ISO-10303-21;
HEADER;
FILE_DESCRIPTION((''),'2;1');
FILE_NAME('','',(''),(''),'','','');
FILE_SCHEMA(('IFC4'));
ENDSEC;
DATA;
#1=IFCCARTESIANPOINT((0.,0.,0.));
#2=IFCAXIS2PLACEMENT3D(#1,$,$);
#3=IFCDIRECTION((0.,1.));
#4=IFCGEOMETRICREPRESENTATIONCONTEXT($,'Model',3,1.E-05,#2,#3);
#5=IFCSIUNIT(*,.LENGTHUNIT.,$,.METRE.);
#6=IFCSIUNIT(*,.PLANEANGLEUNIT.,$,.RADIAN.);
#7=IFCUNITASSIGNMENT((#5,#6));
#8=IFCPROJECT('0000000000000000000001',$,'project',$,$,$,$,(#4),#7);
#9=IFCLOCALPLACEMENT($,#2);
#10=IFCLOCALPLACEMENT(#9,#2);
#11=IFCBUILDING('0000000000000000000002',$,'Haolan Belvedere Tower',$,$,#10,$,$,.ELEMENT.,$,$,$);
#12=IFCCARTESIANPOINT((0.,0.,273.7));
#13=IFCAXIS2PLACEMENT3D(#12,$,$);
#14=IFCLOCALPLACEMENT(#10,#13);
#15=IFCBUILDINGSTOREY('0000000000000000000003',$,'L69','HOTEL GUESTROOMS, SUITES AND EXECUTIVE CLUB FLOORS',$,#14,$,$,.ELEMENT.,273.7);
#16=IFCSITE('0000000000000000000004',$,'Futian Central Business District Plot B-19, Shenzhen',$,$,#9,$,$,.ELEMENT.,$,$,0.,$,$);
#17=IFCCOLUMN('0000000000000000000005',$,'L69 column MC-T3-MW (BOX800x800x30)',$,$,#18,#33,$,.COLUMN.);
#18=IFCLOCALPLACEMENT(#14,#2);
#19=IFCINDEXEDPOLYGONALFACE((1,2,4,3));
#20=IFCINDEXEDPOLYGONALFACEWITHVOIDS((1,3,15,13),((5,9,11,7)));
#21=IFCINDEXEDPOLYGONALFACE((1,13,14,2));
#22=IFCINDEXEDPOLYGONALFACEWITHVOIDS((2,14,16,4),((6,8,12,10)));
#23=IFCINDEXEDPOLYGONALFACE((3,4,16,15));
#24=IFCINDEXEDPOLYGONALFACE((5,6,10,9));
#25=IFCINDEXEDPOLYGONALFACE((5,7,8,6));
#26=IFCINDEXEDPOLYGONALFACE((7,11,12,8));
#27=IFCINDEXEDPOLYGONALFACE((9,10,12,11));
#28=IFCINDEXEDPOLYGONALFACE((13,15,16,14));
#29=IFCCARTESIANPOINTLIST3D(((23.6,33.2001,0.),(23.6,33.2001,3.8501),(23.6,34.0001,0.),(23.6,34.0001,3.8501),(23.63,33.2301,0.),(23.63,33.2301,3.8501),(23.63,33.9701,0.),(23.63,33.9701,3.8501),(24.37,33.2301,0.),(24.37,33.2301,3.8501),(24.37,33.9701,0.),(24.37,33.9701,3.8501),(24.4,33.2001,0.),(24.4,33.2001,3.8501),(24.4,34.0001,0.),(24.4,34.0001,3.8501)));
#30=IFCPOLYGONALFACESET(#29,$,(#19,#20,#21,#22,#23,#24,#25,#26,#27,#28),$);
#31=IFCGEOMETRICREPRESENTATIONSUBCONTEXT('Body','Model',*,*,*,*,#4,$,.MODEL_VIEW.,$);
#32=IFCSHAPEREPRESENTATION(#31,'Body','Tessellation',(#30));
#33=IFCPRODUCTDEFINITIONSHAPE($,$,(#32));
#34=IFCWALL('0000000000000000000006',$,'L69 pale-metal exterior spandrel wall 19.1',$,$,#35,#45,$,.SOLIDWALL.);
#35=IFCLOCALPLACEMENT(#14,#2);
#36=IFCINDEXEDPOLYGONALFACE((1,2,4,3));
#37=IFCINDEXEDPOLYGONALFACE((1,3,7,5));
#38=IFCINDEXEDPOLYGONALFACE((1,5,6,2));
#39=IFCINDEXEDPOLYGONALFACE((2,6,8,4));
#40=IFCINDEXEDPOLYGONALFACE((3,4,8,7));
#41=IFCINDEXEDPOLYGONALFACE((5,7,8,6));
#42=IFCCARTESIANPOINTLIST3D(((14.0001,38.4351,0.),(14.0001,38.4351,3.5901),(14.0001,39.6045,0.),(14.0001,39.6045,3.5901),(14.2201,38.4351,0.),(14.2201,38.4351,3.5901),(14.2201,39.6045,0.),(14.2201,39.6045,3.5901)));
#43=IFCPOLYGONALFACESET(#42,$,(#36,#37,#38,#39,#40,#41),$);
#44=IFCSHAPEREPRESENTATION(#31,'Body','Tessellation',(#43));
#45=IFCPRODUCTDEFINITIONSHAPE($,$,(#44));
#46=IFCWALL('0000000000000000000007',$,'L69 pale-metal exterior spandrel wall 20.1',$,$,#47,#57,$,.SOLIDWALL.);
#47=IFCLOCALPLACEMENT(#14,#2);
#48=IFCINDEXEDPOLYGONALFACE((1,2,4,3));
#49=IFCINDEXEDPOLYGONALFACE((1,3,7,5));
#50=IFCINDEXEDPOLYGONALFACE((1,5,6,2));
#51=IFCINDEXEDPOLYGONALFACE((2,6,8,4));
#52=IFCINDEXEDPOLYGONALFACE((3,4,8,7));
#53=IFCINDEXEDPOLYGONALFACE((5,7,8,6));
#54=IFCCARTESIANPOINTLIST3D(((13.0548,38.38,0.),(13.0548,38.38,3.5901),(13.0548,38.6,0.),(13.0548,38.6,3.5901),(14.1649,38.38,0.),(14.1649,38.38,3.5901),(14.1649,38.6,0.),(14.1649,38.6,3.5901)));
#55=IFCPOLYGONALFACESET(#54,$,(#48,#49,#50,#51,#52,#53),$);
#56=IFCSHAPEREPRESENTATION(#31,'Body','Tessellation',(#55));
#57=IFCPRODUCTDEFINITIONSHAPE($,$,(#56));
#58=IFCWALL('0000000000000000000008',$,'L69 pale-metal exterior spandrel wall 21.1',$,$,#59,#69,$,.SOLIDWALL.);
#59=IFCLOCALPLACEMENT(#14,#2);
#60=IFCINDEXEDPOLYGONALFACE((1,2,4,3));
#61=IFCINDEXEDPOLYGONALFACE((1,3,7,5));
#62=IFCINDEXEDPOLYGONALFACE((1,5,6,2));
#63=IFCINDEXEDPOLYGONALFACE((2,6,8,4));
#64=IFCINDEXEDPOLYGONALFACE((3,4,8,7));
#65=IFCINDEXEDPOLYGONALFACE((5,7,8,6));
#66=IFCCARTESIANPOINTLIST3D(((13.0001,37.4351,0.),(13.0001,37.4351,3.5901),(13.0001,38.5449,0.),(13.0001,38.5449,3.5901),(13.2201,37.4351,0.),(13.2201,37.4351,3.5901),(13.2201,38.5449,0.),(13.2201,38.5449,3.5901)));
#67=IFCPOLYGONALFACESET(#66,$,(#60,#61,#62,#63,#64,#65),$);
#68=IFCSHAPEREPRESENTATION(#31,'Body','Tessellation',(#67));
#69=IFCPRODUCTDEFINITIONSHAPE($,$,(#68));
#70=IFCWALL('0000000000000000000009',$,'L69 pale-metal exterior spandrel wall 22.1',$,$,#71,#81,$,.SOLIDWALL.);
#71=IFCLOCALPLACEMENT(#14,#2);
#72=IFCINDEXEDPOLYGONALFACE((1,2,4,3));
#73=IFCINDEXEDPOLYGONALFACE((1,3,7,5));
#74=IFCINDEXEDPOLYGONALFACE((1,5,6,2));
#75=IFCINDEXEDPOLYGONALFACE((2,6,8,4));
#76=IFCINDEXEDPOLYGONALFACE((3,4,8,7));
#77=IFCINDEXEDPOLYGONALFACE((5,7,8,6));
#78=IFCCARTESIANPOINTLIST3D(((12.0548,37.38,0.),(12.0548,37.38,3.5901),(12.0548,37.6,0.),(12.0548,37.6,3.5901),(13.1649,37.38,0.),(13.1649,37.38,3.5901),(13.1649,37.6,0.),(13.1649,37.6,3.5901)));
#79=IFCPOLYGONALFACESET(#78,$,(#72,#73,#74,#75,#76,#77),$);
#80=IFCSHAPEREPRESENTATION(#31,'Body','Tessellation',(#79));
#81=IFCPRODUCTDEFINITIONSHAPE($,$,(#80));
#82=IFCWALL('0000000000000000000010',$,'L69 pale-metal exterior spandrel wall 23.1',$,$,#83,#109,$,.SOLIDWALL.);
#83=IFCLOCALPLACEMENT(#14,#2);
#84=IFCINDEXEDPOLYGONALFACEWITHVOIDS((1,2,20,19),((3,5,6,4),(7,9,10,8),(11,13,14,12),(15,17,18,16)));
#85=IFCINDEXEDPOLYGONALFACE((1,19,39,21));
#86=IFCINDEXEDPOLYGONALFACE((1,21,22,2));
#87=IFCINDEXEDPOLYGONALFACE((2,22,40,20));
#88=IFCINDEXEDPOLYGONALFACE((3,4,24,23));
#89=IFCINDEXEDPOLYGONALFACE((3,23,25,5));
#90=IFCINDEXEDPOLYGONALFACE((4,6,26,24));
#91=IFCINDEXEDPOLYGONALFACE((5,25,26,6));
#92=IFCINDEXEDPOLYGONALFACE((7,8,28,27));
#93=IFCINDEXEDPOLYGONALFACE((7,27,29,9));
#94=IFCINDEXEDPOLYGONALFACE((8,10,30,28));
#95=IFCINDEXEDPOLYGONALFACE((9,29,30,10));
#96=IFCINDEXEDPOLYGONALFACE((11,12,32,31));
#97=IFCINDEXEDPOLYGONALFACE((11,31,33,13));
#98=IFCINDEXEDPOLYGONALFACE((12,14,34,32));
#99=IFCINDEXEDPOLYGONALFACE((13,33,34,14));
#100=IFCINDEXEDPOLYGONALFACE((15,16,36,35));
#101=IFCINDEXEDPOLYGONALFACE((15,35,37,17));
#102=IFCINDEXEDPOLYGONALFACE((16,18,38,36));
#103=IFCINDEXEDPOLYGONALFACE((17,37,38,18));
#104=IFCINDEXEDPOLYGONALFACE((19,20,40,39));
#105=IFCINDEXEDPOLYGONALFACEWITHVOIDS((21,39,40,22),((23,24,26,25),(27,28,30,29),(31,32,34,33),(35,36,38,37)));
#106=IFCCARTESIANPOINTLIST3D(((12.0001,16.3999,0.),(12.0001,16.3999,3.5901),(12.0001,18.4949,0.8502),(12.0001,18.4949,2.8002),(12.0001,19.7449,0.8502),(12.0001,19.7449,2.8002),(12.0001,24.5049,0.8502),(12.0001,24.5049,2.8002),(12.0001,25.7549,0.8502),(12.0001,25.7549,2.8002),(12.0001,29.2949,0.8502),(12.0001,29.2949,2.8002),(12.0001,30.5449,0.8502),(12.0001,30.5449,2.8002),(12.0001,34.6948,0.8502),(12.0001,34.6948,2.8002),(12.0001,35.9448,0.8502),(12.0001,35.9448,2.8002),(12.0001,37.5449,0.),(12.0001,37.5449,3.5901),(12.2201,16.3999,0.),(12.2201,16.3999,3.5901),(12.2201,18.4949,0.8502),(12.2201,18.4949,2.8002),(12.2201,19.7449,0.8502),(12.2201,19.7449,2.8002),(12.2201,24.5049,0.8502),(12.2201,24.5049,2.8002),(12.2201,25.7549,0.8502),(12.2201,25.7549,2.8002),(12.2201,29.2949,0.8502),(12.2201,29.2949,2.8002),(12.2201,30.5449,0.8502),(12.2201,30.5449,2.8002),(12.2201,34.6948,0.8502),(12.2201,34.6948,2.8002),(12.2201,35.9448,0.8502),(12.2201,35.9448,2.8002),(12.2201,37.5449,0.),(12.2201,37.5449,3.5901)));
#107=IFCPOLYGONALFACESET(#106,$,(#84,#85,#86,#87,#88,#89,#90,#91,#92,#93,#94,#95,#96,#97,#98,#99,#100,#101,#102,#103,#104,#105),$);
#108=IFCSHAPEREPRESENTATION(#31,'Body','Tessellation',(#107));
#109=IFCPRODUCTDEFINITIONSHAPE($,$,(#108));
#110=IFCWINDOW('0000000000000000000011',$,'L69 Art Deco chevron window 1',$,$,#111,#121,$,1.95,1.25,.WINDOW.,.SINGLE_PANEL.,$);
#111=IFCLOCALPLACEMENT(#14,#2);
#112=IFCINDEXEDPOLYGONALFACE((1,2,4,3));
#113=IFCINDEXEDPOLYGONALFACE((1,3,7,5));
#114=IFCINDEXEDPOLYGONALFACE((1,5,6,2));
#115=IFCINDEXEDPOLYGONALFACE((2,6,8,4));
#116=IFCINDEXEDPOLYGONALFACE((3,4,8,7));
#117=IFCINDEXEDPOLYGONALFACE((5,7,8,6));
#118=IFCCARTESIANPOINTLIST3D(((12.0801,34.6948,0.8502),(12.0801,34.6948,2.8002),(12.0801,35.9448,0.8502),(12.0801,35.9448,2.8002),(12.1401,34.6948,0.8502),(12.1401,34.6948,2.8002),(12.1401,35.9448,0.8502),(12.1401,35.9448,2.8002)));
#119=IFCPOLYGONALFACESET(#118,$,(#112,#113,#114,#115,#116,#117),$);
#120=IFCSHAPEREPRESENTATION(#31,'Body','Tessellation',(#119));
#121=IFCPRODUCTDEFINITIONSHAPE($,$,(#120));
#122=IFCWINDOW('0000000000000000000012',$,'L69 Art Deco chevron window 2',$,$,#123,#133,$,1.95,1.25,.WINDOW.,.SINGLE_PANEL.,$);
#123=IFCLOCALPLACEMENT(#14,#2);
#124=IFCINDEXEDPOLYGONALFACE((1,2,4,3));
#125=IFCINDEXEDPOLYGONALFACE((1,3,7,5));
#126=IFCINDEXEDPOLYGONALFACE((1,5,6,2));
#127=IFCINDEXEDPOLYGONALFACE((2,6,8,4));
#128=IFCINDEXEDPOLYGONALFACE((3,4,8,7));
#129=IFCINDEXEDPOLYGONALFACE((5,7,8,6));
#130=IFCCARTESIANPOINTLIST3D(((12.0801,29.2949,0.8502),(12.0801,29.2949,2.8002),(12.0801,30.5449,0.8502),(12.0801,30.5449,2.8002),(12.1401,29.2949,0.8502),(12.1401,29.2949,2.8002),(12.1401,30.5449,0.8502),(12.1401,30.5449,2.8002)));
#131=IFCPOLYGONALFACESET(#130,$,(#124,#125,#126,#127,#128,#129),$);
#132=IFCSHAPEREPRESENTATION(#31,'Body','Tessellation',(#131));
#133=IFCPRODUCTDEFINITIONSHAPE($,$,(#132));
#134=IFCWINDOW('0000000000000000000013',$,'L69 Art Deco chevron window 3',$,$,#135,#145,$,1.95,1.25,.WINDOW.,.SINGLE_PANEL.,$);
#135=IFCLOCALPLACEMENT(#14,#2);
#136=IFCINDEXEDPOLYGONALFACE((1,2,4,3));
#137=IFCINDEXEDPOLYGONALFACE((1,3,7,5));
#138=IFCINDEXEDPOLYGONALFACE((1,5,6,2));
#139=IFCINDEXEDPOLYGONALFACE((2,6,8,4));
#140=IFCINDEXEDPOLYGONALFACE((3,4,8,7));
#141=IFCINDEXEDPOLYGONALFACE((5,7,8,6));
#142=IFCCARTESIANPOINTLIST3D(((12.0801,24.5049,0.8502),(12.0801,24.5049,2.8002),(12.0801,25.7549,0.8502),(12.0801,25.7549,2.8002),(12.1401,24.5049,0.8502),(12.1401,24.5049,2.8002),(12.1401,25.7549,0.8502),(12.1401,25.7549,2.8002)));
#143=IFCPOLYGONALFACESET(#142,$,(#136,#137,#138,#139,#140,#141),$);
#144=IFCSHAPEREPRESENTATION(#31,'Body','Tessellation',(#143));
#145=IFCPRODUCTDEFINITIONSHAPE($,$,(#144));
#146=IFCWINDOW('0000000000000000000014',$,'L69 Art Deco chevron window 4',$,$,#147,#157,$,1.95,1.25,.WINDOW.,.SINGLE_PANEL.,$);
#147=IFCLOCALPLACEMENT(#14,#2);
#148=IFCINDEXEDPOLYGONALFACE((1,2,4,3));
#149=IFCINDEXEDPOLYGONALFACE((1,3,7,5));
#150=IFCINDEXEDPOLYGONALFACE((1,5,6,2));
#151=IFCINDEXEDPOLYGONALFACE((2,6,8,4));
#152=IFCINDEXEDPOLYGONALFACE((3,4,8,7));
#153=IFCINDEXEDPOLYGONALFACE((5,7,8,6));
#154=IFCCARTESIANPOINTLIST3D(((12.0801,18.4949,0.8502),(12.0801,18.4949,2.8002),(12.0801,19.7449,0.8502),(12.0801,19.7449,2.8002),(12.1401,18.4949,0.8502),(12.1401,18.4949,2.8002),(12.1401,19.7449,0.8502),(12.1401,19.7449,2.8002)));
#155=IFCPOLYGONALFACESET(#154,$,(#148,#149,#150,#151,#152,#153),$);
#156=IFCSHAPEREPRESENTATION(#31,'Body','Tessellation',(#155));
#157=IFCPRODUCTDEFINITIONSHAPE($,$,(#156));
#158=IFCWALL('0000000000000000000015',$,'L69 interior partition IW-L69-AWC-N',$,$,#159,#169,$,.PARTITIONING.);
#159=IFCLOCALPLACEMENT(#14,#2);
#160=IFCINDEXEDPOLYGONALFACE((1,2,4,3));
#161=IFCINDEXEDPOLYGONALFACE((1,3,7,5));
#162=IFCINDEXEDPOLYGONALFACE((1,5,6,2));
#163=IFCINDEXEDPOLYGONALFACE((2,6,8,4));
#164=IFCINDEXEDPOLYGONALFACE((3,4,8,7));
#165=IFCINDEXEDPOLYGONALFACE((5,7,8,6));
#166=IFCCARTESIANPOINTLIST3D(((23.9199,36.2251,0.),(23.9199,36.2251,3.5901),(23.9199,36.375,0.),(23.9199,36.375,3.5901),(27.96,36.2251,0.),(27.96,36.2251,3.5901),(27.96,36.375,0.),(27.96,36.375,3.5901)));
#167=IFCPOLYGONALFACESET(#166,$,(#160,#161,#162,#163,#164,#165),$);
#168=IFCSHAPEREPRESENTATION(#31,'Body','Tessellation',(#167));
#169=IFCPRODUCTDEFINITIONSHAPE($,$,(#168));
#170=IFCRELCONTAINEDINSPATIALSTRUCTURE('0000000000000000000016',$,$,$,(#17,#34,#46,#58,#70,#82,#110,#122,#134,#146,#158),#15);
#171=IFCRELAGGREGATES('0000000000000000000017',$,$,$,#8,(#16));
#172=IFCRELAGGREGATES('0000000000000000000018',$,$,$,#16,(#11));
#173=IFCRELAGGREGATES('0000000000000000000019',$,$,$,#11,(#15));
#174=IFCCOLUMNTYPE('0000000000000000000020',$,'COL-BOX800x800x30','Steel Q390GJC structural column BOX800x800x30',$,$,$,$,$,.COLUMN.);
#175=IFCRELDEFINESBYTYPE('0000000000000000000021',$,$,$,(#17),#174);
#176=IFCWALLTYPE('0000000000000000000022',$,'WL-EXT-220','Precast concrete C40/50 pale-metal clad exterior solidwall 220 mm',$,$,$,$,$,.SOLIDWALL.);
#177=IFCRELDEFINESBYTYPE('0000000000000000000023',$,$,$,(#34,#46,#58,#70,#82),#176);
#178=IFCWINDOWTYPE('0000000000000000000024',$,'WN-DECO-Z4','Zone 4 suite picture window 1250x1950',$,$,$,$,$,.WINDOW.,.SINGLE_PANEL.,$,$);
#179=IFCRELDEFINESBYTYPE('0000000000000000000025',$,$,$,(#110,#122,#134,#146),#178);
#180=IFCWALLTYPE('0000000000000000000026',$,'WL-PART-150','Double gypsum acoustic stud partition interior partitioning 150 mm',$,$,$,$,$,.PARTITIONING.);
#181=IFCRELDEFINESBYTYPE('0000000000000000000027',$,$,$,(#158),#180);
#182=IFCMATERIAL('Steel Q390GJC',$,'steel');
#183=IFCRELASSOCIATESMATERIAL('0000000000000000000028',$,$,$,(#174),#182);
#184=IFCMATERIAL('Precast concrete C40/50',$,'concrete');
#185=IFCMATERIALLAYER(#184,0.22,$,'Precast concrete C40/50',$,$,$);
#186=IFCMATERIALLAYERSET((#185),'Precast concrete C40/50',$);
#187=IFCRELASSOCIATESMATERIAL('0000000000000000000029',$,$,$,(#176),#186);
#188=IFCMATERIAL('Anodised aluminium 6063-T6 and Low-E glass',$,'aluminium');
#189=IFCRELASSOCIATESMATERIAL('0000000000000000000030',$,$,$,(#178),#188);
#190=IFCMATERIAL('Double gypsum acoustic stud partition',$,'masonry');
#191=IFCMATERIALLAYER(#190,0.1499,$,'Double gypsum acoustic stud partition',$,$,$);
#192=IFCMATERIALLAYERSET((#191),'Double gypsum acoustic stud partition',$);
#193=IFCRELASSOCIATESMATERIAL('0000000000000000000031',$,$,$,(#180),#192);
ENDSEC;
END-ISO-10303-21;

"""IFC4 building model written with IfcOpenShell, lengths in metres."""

from ifc_helpers import new_model, si_unit, direction, frame, frame_2d, origin, origin_2d, place, context, subcontext, project, spatial, rectangle, hollow_rectangle, extrude, material, layer, layer_set, material_profile, profile_set, type_object, element, fill, save


model = new_model("IFC4")

# Units and contexts
model_context = context("Model", 3, precision=1e-05, world=origin(), true_north=direction((0.0, 1.0)))
body_context = subcontext(model_context, "Body", "Model", "MODEL_VIEW")
ifc_project = project(units=[si_unit("LENGTHUNIT", "METRE"), si_unit("PLANEANGLEUNIT", "RADIAN")], contexts=[model_context])

# Site, building, storey
site_placement = place(None, origin())
site = spatial("IfcSite", under=ifc_project, at=site_placement, Name="Futian Central Business District Plot B-19, Shenzhen", CompositionType="ELEMENT", RefElevation=0.0)
building_placement = place(site_placement, origin())
building = spatial("IfcBuilding", under=site, at=building_placement, Name="Haolan Belvedere Tower", CompositionType="ELEMENT")
storey_placement = place(building_placement, frame((0.0, 0.0, 273.7)))
storey = spatial("IfcBuildingStorey", under=building, at=storey_placement, Name="L69", Description="HOTEL GUESTROOMS, SUITES AND EXECUTIVE CLUB FLOORS", CompositionType="ELEMENT", Elevation=273.7)

# Column
ifc_material_1 = material(Name="Steel Q390GJC", Category="steel")
ifc_material_profile = material_profile(ifc_material_1, hollow_rectangle(XDim=0.8, YDim=0.8, WallThickness=0.03, at=origin_2d()), Name="Steel Q390GJC")
ifc_profile_set = profile_set([ifc_material_profile], Name="Steel Q390GJC")
column_type = type_object("IfcColumnType", Name="COL-BOX800x800x30", Description="Steel Q390GJC structural column BOX800x800x30", PredefinedType="COLUMN", material=ifc_profile_set)
column_placement = place(storey_placement, frame((24.0, 33.6001, 0.0), z_axis=(0.0, 0.0, 1.0), x_axis=(1.0, 0.0, 0.0)))
element("IfcColumn", 1, at=column_placement, inside=storey, type_object=column_type, Name="L69 column MC-T3-MW (BOX800x800x30)", PredefinedType="COLUMN", context=body_context, shape_type="SweptSolid", body=[
    extrude(hollow_rectangle(XDim=0.8, YDim=0.8, WallThickness=0.03, at=origin_2d()), origin(), (0.0, 0.0, 1.0), 3.8501),
])

# Walls
ifc_material_2 = material(Name="Precast concrete C40/50", Category="concrete")
ifc_layer_1 = layer(ifc_material_2, 0.22, Name="Precast concrete C40/50")
ifc_layer_set_1 = layer_set([ifc_layer_1], Name="Precast concrete C40/50")
wall_type_1 = type_object("IfcWallType", Name="WL-EXT-220", Description="Precast concrete C40/50 pale-metal clad exterior solidwall 220 mm", PredefinedType="SOLIDWALL", material=ifc_layer_set_1)
wall_1_placement = place(storey_placement, frame((14.1101, 39.6045, 0.0), z_axis=(0.0, 0.0, 1.0), x_axis=(0.0, -1.0, 0.0)))
element("IfcWall", 2, at=wall_1_placement, inside=storey, type_object=wall_type_1, Name="L69 pale-metal exterior spandrel wall 19.1", PredefinedType="SOLIDWALL", context=body_context, shape_type="SweptSolid", body=[
    extrude(rectangle(XDim=1.1694, YDim=0.22, at=frame_2d((0.5847, 0.0))), origin(), (0.0, 0.0, 1.0), 3.5901),
])
wall_2_placement = place(storey_placement, frame((14.165, 38.49, 0.0), z_axis=(0.0, 0.0, 1.0), x_axis=(-1.0, 0.0, 0.0)))
element("IfcWall", 3, at=wall_2_placement, inside=storey, type_object=wall_type_1, Name="L69 pale-metal exterior spandrel wall 20.1", PredefinedType="SOLIDWALL", context=body_context, shape_type="SweptSolid", body=[
    extrude(rectangle(XDim=1.1101, YDim=0.22, at=frame_2d((0.5552, 0.0))), origin(), (0.0, 0.0, 1.0), 3.5901),
])
wall_3_placement = place(storey_placement, frame((13.1101, 38.5449, 0.0), z_axis=(0.0, 0.0, 1.0), x_axis=(0.0, -1.0, 0.0)))
element("IfcWall", 4, at=wall_3_placement, inside=storey, type_object=wall_type_1, Name="L69 pale-metal exterior spandrel wall 21.1", PredefinedType="SOLIDWALL", context=body_context, shape_type="SweptSolid", body=[
    extrude(rectangle(XDim=1.1099, YDim=0.22, at=frame_2d((0.5549, 0.0))), origin(), (0.0, 0.0, 1.0), 3.5901),
])
wall_4_placement = place(storey_placement, frame((13.165, 37.49, 0.0), z_axis=(0.0, 0.0, 1.0), x_axis=(-1.0, 0.0, 0.0)))
element("IfcWall", 5, at=wall_4_placement, inside=storey, type_object=wall_type_1, Name="L69 pale-metal exterior spandrel wall 22.1", PredefinedType="SOLIDWALL", context=body_context, shape_type="SweptSolid", body=[
    extrude(rectangle(XDim=1.1101, YDim=0.22, at=frame_2d((0.5552, 0.0))), origin(), (0.0, 0.0, 1.0), 3.5901),
])

# Wall, openings, windows
wall_5_placement = place(storey_placement, frame((12.1101, 37.5449, 0.0), z_axis=(0.0, 0.0, 1.0), x_axis=(0.0, -1.0, 0.0)))
wall_5 = element("IfcWall", 6, at=wall_5_placement, inside=storey, type_object=wall_type_1, Name="L69 pale-metal exterior spandrel wall 23.1", PredefinedType="SOLIDWALL", context=body_context, shape_type="SweptSolid", body=[
    extrude(rectangle(XDim=21.145, YDim=0.22, at=frame_2d((10.5725, 0.0))), origin(), (0.0, 0.0, 1.0), 3.5901),
])
opening_1_placement = place(wall_5_placement, frame((1.6001, 0.0, 0.8501)))
opening_1 = element("IfcOpeningElement", 7, at=opening_1_placement, cuts=wall_5, PredefinedType="OPENING", context=body_context, shape_type="SweptSolid", body=[
    extrude(rectangle(XDim=1.25, YDim=1.95, at=frame_2d((0.625, 0.9751))), frame((0.0, 0.1199, 0.0), z_axis=(0.0, -1.0, 0.0), x_axis=(1.0, 0.0, 0.0)), (0.0, 0.0, 1.0), 0.24),
])
opening_2_placement = place(wall_5_placement, frame((7.0, 0.0, 0.8501)))
opening_2 = element("IfcOpeningElement", 8, at=opening_2_placement, cuts=wall_5, PredefinedType="OPENING", context=body_context, shape_type="SweptSolid", body=[
    extrude(rectangle(XDim=1.25, YDim=1.95, at=frame_2d((0.625, 0.9751))), frame((0.0, 0.1199, 0.0), z_axis=(0.0, -1.0, 0.0), x_axis=(1.0, 0.0, 0.0)), (0.0, 0.0, 1.0), 0.24),
])
opening_3_placement = place(wall_5_placement, frame((11.79, 0.0, 0.8501)))
opening_3 = element("IfcOpeningElement", 9, at=opening_3_placement, cuts=wall_5, PredefinedType="OPENING", context=body_context, shape_type="SweptSolid", body=[
    extrude(rectangle(XDim=1.25, YDim=1.95, at=frame_2d((0.625, 0.9751))), frame((0.0, 0.1199, 0.0), z_axis=(0.0, -1.0, 0.0), x_axis=(1.0, 0.0, 0.0)), (0.0, 0.0, 1.0), 0.24),
])
opening_4_placement = place(wall_5_placement, frame((17.8, 0.0, 0.8501)))
opening_4 = element("IfcOpeningElement", 10, at=opening_4_placement, cuts=wall_5, PredefinedType="OPENING", context=body_context, shape_type="SweptSolid", body=[
    extrude(rectangle(XDim=1.25, YDim=1.95, at=frame_2d((0.625, 0.9751))), frame((0.0, 0.1199, 0.0), z_axis=(0.0, -1.0, 0.0), x_axis=(1.0, 0.0, 0.0)), (0.0, 0.0, 1.0), 0.24),
])
ifc_material_3 = material(Name="Anodised aluminium 6063-T6 and Low-E glass", Category="aluminium")
window_type = type_object("IfcWindowType", Name="WN-DECO-Z4", Description="Zone 4 suite picture window 1250x1950", PartitioningType="SINGLE_PANEL", PredefinedType="WINDOW", material=ifc_material_3)
window_1_placement = place(opening_1_placement, origin())
window_1 = element("IfcWindow", 11, at=window_1_placement, inside=storey, type_object=window_type, Name="L69 Art Deco chevron window 1", OverallHeight=1.95, OverallWidth=1.25, PartitioningType="SINGLE_PANEL", PredefinedType="WINDOW", context=body_context, shape_type="SweptSolid", body=[
    extrude(rectangle(XDim=1.25, YDim=1.95, at=frame_2d((0.625, 0.9751))), frame((0.0, 0.03, 0.0), z_axis=(0.0, -1.0, 0.0), x_axis=(1.0, 0.0, 0.0)), (0.0, 0.0, 1.0), 0.0601),
])
fill(opening_1, window_1)
window_2_placement = place(opening_2_placement, origin())
window_2 = element("IfcWindow", 12, at=window_2_placement, inside=storey, type_object=window_type, Name="L69 Art Deco chevron window 2", OverallHeight=1.95, OverallWidth=1.25, PartitioningType="SINGLE_PANEL", PredefinedType="WINDOW", context=body_context, shape_type="SweptSolid", body=[
    extrude(rectangle(XDim=1.25, YDim=1.95, at=frame_2d((0.625, 0.9751))), frame((0.0, 0.03, 0.0), z_axis=(0.0, -1.0, 0.0), x_axis=(1.0, 0.0, 0.0)), (0.0, 0.0, 1.0), 0.0601),
])
fill(opening_2, window_2)
window_3_placement = place(opening_3_placement, origin())
window_3 = element("IfcWindow", 13, at=window_3_placement, inside=storey, type_object=window_type, Name="L69 Art Deco chevron window 3", OverallHeight=1.95, OverallWidth=1.25, PartitioningType="SINGLE_PANEL", PredefinedType="WINDOW", context=body_context, shape_type="SweptSolid", body=[
    extrude(rectangle(XDim=1.25, YDim=1.95, at=frame_2d((0.625, 0.9751))), frame((0.0, 0.03, 0.0), z_axis=(0.0, -1.0, 0.0), x_axis=(1.0, 0.0, 0.0)), (0.0, 0.0, 1.0), 0.0601),
])
fill(opening_3, window_3)
window_4_placement = place(opening_4_placement, origin())
window_4 = element("IfcWindow", 14, at=window_4_placement, inside=storey, type_object=window_type, Name="L69 Art Deco chevron window 4", OverallHeight=1.95, OverallWidth=1.25, PartitioningType="SINGLE_PANEL", PredefinedType="WINDOW", context=body_context, shape_type="SweptSolid", body=[
    extrude(rectangle(XDim=1.25, YDim=1.95, at=frame_2d((0.625, 0.9751))), frame((0.0, 0.03, 0.0), z_axis=(0.0, -1.0, 0.0), x_axis=(1.0, 0.0, 0.0)), (0.0, 0.0, 1.0), 0.0601),
])
fill(opening_4, window_4)

# Wall
ifc_material_4 = material(Name="Double gypsum acoustic stud partition", Category="masonry")
ifc_layer_2 = layer(ifc_material_4, 0.1499, Name="Double gypsum acoustic stud partition")
ifc_layer_set_2 = layer_set([ifc_layer_2], Name="Double gypsum acoustic stud partition")
wall_type_2 = type_object("IfcWallType", Name="WL-PART-150", Description="Double gypsum acoustic stud partition interior partitioning 150 mm", PredefinedType="PARTITIONING", material=ifc_layer_set_2)
for number, where, z_axis, x_axis, name in (
    (15, (23.9199, 36.3, 0.0), (0.0, 0.0, 1.0), (1.0, 0.0, 0.0), "L69 interior partition IW-L69-AWC-N"),
):
    element("IfcWall", number, at=place(storey_placement, frame(where, z_axis=z_axis, x_axis=x_axis)), inside=storey, type_object=wall_type_2, Name=name, PredefinedType="PARTITIONING", context=body_context, shape_type="SweptSolid", body=[
        extrude(rectangle(XDim=4.04, YDim=0.1499, at=frame_2d((2.02, 0.0))), origin(), (0.0, 0.0, 1.0), 3.5901),
    ])

save(model, "model.ifc")
